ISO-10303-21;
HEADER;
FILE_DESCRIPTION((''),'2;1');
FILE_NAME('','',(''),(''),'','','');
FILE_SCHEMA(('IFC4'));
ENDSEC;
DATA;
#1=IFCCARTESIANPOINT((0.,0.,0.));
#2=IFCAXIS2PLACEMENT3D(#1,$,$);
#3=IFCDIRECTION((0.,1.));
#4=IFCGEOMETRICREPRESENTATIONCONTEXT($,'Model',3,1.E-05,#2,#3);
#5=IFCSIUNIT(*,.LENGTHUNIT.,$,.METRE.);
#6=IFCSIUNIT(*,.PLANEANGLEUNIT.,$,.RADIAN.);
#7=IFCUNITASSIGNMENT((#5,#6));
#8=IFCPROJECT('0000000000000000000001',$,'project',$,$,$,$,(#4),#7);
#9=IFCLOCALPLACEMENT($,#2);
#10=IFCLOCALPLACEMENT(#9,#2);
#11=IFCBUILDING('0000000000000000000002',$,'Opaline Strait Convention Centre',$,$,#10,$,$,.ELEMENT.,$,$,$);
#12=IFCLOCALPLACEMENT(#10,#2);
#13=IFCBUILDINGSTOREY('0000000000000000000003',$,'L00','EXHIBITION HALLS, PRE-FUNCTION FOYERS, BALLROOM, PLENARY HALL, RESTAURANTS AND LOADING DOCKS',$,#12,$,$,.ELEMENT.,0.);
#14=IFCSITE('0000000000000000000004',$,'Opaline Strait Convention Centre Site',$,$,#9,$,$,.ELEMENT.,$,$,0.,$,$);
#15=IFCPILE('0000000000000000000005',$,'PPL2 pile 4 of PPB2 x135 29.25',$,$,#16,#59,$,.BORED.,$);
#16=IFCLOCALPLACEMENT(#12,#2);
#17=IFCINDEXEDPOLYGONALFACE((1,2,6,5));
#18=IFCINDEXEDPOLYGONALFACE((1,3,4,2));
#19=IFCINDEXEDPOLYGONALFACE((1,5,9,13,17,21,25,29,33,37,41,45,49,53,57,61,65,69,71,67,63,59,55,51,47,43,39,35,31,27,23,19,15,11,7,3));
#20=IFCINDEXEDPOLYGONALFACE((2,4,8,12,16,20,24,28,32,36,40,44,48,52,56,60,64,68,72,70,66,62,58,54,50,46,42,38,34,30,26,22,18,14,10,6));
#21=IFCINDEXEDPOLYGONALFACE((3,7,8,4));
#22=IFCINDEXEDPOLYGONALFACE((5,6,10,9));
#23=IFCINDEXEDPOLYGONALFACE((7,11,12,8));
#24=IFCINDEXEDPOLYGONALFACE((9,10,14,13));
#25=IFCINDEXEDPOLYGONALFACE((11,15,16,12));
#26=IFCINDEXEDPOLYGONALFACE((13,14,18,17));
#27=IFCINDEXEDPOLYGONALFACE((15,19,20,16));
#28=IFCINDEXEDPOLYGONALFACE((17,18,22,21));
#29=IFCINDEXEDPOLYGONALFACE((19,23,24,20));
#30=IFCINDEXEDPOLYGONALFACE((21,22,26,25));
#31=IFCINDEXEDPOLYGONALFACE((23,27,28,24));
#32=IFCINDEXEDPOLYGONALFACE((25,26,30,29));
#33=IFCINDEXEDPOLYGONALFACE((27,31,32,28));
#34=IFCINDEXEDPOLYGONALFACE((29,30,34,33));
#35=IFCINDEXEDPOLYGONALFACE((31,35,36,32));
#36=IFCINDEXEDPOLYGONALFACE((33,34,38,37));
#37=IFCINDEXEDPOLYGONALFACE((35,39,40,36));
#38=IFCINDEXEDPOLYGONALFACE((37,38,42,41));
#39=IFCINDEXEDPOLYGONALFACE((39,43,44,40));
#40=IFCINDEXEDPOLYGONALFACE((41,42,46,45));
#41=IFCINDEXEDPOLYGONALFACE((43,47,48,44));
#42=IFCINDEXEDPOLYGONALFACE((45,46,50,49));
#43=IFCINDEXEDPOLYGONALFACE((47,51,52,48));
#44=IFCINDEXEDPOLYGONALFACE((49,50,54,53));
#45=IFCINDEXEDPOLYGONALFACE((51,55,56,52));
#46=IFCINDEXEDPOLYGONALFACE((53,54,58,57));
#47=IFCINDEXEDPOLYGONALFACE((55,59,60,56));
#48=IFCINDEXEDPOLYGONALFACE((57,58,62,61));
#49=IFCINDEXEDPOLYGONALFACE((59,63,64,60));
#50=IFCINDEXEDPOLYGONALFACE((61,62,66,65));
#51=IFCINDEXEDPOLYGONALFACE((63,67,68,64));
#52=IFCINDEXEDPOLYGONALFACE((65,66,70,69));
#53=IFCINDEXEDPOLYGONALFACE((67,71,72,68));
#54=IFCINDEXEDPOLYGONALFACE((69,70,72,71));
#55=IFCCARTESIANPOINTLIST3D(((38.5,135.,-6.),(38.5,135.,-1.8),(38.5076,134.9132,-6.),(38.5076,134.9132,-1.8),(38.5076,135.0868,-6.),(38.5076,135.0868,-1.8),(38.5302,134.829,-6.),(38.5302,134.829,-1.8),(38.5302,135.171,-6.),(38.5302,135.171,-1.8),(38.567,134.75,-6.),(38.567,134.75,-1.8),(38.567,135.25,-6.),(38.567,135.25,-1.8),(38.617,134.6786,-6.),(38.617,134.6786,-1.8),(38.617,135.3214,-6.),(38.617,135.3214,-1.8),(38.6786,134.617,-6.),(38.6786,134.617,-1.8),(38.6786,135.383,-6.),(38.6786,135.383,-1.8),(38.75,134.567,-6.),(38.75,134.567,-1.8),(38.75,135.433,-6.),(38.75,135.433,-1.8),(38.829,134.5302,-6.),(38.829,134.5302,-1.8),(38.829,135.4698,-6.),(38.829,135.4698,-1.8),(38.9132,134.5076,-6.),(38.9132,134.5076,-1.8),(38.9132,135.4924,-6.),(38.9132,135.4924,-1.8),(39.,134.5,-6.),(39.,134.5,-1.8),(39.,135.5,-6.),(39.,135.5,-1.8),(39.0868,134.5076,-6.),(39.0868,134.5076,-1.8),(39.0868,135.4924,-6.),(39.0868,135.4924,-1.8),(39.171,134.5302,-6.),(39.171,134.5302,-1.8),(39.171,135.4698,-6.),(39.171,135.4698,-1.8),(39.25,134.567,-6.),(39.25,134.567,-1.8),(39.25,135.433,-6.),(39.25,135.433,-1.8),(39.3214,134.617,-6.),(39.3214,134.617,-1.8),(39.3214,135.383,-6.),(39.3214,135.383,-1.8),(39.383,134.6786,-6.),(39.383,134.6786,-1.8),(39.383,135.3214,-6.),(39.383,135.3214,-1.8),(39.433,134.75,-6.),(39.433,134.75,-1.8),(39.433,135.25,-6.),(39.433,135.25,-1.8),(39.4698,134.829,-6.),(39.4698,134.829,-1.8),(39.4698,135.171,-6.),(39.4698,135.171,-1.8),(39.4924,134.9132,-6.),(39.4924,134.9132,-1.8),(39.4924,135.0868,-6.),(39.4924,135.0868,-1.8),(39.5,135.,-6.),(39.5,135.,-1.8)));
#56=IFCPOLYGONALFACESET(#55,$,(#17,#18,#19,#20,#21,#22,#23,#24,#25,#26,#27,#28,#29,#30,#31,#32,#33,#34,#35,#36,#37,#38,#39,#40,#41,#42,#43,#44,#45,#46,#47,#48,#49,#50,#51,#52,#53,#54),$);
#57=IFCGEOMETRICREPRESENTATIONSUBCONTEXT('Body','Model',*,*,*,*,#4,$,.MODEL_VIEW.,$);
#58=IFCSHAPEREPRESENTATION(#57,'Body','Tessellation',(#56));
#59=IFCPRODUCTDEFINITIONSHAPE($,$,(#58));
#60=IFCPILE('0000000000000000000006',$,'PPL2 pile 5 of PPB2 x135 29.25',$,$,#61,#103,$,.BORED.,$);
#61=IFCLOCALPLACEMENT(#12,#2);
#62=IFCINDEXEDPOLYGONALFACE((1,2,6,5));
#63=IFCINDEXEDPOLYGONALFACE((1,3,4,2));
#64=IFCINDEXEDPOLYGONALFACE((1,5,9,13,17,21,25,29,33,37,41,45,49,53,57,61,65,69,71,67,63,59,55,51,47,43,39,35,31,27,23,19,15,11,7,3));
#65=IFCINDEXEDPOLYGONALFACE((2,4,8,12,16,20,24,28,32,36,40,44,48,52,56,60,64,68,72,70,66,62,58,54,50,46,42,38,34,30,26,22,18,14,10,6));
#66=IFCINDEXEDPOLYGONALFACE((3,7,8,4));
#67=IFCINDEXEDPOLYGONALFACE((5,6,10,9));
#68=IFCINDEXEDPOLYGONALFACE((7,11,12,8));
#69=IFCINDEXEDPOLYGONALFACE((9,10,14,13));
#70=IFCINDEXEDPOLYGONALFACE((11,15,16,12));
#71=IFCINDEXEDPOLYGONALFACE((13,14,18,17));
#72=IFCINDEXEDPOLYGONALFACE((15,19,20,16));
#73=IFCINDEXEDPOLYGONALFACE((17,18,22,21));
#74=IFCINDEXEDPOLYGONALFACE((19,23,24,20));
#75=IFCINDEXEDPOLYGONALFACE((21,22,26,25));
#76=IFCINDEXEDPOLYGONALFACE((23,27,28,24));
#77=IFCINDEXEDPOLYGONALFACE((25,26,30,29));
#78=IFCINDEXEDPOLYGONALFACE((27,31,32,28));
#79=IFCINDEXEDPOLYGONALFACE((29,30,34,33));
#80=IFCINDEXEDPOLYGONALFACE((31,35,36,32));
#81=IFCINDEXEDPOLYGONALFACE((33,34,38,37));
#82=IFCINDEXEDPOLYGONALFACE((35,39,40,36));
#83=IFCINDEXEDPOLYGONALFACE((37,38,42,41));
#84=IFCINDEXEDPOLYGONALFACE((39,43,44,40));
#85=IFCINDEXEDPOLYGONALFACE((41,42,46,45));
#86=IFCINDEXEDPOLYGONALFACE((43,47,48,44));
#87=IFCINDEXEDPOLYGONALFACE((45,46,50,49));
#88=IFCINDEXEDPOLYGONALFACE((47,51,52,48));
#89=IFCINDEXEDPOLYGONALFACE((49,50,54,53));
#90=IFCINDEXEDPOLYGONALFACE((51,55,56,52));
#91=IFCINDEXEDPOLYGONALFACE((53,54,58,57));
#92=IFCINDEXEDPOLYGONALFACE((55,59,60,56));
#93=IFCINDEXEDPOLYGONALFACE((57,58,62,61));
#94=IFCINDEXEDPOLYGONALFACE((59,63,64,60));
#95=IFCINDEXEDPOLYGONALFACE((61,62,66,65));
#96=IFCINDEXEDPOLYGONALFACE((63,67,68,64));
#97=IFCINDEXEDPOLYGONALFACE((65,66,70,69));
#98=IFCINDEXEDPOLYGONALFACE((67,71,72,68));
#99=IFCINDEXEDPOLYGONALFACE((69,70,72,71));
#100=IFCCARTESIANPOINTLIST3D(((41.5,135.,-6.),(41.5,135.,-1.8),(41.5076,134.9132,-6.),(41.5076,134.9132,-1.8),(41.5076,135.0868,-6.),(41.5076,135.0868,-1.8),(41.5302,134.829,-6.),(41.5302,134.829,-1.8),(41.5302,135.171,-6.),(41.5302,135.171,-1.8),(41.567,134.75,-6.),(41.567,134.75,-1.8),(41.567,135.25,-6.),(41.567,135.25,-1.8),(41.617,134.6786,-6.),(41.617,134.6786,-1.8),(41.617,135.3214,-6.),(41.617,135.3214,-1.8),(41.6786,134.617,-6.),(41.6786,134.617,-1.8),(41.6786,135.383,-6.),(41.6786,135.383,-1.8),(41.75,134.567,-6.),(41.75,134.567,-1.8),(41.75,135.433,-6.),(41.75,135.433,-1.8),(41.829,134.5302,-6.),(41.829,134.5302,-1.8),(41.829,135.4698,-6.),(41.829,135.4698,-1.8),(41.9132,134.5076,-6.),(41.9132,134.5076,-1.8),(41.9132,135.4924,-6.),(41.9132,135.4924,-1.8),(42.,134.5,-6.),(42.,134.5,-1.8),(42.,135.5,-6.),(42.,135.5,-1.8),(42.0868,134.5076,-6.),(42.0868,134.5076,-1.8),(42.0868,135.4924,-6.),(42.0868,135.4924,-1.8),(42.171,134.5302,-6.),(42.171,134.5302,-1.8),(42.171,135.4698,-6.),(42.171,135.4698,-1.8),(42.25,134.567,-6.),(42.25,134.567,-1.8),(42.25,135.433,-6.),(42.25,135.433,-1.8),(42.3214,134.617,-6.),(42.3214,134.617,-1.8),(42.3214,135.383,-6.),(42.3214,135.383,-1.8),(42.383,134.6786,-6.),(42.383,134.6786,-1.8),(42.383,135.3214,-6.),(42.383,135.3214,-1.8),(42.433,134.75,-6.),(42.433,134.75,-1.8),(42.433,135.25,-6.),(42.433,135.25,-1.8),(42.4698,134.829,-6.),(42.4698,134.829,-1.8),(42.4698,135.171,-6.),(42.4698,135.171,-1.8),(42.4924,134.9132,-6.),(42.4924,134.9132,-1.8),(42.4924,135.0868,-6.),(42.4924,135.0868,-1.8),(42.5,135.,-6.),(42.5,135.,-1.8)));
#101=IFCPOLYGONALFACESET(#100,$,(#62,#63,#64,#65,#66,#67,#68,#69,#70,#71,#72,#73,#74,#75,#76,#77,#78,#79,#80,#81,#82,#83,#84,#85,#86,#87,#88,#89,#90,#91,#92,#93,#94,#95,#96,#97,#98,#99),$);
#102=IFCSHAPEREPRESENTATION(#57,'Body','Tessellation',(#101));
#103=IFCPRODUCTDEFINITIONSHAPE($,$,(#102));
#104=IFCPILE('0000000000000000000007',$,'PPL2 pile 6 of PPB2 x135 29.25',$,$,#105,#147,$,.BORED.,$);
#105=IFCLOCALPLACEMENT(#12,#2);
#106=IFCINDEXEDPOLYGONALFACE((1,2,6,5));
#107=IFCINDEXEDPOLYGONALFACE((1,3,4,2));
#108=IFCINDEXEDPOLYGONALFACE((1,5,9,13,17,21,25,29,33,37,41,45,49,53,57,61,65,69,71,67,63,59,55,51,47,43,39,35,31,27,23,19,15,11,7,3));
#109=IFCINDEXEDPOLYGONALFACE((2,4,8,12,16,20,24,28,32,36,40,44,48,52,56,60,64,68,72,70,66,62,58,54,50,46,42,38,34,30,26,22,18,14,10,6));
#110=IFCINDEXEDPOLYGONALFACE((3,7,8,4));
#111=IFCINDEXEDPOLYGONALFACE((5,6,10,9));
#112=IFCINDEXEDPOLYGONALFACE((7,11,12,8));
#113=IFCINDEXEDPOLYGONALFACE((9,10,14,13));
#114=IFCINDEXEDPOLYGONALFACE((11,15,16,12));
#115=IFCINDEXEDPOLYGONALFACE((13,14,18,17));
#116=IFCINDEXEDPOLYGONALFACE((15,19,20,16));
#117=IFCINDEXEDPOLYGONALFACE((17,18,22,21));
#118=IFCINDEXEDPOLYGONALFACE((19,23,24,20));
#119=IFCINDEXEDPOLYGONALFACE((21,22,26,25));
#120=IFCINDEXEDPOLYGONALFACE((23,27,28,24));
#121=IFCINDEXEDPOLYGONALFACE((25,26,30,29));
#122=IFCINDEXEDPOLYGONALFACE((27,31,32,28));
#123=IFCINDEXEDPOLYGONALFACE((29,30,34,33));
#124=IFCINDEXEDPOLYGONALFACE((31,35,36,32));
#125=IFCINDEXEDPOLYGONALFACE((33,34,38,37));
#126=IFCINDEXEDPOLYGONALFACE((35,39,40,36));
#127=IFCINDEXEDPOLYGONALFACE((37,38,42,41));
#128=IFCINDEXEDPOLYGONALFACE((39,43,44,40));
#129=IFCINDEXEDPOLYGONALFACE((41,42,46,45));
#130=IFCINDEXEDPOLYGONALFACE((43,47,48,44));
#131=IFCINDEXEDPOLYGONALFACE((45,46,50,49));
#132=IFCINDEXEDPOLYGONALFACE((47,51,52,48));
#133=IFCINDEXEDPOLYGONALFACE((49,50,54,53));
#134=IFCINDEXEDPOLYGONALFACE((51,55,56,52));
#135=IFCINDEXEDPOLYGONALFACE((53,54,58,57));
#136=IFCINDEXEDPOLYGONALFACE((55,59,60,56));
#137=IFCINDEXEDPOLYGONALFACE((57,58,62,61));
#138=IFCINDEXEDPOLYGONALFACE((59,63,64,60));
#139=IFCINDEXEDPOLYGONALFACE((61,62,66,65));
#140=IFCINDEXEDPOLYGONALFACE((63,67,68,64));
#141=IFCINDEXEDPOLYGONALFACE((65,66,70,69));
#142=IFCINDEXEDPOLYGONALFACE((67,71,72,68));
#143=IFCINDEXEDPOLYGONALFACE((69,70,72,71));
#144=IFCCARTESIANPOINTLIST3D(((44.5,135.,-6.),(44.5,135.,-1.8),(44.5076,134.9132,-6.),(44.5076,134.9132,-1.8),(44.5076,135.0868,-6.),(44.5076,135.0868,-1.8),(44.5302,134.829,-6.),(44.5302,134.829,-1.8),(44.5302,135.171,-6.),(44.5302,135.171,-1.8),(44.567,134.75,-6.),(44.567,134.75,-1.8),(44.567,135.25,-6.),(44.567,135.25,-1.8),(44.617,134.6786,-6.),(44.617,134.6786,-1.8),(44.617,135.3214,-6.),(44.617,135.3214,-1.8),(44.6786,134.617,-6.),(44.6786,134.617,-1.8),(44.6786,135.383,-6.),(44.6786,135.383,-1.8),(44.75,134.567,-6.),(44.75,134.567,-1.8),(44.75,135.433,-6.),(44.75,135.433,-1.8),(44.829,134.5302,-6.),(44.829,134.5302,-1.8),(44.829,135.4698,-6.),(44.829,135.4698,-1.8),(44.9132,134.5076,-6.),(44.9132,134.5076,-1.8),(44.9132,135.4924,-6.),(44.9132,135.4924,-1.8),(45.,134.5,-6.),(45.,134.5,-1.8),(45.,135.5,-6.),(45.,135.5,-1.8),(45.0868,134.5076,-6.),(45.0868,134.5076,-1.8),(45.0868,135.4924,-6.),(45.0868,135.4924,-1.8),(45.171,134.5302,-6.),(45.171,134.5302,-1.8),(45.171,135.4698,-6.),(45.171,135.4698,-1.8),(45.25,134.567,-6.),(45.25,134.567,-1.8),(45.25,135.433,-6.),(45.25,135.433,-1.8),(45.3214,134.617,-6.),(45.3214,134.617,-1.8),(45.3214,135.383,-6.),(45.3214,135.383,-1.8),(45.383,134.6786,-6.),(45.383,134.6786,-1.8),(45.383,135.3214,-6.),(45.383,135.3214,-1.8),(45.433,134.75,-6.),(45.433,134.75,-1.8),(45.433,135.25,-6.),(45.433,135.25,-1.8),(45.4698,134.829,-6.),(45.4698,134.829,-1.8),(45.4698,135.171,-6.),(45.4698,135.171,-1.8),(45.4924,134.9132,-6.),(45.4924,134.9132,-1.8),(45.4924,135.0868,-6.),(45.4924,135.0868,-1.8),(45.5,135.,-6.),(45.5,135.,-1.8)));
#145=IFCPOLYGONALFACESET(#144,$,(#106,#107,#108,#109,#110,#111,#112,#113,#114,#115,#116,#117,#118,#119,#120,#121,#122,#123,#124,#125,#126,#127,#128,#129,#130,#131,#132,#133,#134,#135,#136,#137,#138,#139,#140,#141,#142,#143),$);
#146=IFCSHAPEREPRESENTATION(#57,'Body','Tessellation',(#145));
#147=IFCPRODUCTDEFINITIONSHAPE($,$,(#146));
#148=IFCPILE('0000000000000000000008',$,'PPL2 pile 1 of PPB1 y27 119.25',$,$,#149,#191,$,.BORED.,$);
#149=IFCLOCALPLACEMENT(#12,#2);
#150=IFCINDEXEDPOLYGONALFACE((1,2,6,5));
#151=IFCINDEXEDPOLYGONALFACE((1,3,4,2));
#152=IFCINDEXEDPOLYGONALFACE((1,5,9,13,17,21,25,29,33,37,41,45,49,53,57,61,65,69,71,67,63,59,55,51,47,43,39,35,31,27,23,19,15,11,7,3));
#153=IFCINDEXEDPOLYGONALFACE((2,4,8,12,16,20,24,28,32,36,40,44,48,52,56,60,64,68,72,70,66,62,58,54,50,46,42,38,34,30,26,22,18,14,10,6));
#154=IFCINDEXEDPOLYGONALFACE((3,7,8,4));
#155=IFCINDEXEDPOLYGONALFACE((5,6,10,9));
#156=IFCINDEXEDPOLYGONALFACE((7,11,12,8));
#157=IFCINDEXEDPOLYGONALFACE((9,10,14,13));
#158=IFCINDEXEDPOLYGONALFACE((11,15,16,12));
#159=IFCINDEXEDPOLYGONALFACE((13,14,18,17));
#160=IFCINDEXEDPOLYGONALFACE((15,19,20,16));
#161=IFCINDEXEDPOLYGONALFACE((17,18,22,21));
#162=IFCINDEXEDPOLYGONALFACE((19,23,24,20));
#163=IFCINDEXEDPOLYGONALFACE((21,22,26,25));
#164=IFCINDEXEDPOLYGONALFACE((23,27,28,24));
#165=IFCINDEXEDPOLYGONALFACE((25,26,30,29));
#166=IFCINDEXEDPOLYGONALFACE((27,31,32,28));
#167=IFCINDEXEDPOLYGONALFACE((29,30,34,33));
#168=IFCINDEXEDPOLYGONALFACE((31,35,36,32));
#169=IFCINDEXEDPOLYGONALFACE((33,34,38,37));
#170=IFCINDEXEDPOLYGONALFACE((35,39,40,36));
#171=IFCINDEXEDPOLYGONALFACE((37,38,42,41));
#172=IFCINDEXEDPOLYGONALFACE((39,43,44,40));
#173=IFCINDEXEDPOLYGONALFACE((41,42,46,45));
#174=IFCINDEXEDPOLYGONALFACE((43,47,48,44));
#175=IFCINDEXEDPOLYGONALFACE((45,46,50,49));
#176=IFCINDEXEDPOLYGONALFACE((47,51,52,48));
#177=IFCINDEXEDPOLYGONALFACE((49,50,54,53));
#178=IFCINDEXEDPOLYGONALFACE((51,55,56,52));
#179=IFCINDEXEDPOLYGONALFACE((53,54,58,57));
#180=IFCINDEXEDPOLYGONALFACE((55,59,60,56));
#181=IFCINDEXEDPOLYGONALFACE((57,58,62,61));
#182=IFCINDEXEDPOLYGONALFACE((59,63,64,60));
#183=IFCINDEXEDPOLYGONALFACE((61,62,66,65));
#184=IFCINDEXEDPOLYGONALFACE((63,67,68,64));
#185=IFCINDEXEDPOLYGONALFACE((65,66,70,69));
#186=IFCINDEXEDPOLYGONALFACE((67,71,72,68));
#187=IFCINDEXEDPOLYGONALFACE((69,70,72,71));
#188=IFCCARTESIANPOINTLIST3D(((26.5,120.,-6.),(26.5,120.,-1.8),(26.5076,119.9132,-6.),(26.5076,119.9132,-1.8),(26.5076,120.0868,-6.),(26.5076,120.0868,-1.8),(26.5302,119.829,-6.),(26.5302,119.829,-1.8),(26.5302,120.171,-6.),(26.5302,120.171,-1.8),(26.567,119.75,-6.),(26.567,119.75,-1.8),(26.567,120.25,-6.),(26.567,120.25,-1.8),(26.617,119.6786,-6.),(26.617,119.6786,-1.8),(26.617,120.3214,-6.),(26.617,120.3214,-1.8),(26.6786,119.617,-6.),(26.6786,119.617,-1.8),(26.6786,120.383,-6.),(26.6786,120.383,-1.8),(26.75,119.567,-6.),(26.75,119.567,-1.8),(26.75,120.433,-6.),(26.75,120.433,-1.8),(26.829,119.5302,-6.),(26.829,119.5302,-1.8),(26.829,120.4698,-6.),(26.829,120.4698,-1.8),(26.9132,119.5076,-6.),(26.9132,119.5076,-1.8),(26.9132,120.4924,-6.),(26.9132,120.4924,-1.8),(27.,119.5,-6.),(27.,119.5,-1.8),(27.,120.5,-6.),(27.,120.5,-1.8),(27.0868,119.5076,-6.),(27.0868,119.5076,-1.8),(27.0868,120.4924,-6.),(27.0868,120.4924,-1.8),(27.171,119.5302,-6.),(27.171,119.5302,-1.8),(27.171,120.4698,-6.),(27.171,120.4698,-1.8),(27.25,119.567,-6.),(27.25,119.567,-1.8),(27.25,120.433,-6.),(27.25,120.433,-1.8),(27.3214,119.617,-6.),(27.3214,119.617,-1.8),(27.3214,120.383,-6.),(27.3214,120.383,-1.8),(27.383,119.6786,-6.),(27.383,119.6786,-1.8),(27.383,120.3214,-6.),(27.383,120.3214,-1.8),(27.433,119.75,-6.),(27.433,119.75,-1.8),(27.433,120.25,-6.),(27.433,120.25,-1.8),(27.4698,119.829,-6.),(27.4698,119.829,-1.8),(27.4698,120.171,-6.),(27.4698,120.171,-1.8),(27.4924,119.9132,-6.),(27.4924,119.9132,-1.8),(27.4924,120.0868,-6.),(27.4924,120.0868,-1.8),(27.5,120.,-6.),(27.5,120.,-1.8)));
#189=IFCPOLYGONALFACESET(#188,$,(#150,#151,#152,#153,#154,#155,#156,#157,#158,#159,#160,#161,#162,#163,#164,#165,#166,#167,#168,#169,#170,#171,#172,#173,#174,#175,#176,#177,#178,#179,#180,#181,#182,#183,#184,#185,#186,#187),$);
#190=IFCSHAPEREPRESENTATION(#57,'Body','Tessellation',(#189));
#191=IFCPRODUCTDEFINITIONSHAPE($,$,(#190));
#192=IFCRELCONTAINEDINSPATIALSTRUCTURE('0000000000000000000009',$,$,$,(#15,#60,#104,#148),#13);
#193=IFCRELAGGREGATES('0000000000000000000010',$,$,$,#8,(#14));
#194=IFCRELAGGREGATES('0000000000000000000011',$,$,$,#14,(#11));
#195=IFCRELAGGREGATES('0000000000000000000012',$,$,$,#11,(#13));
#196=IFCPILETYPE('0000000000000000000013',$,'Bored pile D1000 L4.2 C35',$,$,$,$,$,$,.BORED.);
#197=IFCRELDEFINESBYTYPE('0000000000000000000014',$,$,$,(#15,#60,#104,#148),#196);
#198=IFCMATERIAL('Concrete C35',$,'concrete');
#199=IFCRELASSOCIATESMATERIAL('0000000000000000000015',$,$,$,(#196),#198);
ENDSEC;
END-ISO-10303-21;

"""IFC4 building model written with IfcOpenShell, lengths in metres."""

from ifc_helpers import new_model, si_unit, direction, frame, origin, origin_2d, place, context, subcontext, project, spatial, circle, extrude, material, material_profile, profile_set, type_object, element, save


model = new_model("IFC4")

# Units and contexts
model_context = context("Model", 3, precision=1e-05, world=origin(), true_north=direction((0.0, 1.0)))
body_context = subcontext(model_context, "Body", "Model", "MODEL_VIEW")
ifc_project = project(units=[si_unit("LENGTHUNIT", "METRE"), si_unit("PLANEANGLEUNIT", "RADIAN")], contexts=[model_context])

# Site, building, storey
site_placement = place(None, origin())
site = spatial("IfcSite", under=ifc_project, at=site_placement, Name="Opaline Strait Convention Centre Site", CompositionType="ELEMENT", RefElevation=0.0)
building_placement = place(site_placement, origin())
building = spatial("IfcBuilding", under=site, at=building_placement, Name="Opaline Strait Convention Centre", CompositionType="ELEMENT")
storey_placement = place(building_placement, origin())
storey = spatial("IfcBuildingStorey", under=building, at=storey_placement, Name="L00", Description="EXHIBITION HALLS, PRE-FUNCTION FOYERS, BALLROOM, PLENARY HALL, RESTAURANTS AND LOADING DOCKS", CompositionType="ELEMENT", Elevation=0.0)

# Piles
ifc_material_1 = material(Name="Concrete C35", Category="concrete")
ifc_material_profile_1 = material_profile(ifc_material_1, circle(Radius=0.5, at=origin_2d()), Name="D1000")
ifc_profile_set_1 = profile_set([ifc_material_profile_1], Name="Concrete C35")
pile_type_1 = type_object("IfcPileType", Name="Bored pile D1000 L4.2 C35", PredefinedType="BORED", material=ifc_profile_set_1)
for number, where, z_axis, x_axis, name in (
    (1, (39.0, 135.0, -1.8), (0.0, 0.0, -1.0), (1.0, 0.0, 0.0), "PPL2 pile 4 of PPB2 x135 29.25"),
    (2, (42.0, 135.0, -1.8), (0.0, 0.0, -1.0), (1.0, 0.0, 0.0), "PPL2 pile 5 of PPB2 x135 29.25"),
    (3, (45.0, 135.0, -1.8), (0.0, 0.0, -1.0), (1.0, 0.0, 0.0), "PPL2 pile 6 of PPB2 x135 29.25"),
    (4, (27.0, 120.0, -1.8), (0.0, 0.0, -1.0), (1.0, 0.0, 0.0), "PPL2 pile 1 of PPB1 y27 119.25"),
):
    element("IfcPile", number, at=place(storey_placement, frame(where, z_axis=z_axis, x_axis=x_axis)), inside=storey, type_object=pile_type_1, Name=name, PredefinedType="BORED", context=body_context, shape_type="SweptSolid", body=[
        extrude(circle(Radius=0.5, at=origin_2d()), origin(), (0.0, 0.0, 1.0), 4.2),
    ])

save(model, "model.ifc")
